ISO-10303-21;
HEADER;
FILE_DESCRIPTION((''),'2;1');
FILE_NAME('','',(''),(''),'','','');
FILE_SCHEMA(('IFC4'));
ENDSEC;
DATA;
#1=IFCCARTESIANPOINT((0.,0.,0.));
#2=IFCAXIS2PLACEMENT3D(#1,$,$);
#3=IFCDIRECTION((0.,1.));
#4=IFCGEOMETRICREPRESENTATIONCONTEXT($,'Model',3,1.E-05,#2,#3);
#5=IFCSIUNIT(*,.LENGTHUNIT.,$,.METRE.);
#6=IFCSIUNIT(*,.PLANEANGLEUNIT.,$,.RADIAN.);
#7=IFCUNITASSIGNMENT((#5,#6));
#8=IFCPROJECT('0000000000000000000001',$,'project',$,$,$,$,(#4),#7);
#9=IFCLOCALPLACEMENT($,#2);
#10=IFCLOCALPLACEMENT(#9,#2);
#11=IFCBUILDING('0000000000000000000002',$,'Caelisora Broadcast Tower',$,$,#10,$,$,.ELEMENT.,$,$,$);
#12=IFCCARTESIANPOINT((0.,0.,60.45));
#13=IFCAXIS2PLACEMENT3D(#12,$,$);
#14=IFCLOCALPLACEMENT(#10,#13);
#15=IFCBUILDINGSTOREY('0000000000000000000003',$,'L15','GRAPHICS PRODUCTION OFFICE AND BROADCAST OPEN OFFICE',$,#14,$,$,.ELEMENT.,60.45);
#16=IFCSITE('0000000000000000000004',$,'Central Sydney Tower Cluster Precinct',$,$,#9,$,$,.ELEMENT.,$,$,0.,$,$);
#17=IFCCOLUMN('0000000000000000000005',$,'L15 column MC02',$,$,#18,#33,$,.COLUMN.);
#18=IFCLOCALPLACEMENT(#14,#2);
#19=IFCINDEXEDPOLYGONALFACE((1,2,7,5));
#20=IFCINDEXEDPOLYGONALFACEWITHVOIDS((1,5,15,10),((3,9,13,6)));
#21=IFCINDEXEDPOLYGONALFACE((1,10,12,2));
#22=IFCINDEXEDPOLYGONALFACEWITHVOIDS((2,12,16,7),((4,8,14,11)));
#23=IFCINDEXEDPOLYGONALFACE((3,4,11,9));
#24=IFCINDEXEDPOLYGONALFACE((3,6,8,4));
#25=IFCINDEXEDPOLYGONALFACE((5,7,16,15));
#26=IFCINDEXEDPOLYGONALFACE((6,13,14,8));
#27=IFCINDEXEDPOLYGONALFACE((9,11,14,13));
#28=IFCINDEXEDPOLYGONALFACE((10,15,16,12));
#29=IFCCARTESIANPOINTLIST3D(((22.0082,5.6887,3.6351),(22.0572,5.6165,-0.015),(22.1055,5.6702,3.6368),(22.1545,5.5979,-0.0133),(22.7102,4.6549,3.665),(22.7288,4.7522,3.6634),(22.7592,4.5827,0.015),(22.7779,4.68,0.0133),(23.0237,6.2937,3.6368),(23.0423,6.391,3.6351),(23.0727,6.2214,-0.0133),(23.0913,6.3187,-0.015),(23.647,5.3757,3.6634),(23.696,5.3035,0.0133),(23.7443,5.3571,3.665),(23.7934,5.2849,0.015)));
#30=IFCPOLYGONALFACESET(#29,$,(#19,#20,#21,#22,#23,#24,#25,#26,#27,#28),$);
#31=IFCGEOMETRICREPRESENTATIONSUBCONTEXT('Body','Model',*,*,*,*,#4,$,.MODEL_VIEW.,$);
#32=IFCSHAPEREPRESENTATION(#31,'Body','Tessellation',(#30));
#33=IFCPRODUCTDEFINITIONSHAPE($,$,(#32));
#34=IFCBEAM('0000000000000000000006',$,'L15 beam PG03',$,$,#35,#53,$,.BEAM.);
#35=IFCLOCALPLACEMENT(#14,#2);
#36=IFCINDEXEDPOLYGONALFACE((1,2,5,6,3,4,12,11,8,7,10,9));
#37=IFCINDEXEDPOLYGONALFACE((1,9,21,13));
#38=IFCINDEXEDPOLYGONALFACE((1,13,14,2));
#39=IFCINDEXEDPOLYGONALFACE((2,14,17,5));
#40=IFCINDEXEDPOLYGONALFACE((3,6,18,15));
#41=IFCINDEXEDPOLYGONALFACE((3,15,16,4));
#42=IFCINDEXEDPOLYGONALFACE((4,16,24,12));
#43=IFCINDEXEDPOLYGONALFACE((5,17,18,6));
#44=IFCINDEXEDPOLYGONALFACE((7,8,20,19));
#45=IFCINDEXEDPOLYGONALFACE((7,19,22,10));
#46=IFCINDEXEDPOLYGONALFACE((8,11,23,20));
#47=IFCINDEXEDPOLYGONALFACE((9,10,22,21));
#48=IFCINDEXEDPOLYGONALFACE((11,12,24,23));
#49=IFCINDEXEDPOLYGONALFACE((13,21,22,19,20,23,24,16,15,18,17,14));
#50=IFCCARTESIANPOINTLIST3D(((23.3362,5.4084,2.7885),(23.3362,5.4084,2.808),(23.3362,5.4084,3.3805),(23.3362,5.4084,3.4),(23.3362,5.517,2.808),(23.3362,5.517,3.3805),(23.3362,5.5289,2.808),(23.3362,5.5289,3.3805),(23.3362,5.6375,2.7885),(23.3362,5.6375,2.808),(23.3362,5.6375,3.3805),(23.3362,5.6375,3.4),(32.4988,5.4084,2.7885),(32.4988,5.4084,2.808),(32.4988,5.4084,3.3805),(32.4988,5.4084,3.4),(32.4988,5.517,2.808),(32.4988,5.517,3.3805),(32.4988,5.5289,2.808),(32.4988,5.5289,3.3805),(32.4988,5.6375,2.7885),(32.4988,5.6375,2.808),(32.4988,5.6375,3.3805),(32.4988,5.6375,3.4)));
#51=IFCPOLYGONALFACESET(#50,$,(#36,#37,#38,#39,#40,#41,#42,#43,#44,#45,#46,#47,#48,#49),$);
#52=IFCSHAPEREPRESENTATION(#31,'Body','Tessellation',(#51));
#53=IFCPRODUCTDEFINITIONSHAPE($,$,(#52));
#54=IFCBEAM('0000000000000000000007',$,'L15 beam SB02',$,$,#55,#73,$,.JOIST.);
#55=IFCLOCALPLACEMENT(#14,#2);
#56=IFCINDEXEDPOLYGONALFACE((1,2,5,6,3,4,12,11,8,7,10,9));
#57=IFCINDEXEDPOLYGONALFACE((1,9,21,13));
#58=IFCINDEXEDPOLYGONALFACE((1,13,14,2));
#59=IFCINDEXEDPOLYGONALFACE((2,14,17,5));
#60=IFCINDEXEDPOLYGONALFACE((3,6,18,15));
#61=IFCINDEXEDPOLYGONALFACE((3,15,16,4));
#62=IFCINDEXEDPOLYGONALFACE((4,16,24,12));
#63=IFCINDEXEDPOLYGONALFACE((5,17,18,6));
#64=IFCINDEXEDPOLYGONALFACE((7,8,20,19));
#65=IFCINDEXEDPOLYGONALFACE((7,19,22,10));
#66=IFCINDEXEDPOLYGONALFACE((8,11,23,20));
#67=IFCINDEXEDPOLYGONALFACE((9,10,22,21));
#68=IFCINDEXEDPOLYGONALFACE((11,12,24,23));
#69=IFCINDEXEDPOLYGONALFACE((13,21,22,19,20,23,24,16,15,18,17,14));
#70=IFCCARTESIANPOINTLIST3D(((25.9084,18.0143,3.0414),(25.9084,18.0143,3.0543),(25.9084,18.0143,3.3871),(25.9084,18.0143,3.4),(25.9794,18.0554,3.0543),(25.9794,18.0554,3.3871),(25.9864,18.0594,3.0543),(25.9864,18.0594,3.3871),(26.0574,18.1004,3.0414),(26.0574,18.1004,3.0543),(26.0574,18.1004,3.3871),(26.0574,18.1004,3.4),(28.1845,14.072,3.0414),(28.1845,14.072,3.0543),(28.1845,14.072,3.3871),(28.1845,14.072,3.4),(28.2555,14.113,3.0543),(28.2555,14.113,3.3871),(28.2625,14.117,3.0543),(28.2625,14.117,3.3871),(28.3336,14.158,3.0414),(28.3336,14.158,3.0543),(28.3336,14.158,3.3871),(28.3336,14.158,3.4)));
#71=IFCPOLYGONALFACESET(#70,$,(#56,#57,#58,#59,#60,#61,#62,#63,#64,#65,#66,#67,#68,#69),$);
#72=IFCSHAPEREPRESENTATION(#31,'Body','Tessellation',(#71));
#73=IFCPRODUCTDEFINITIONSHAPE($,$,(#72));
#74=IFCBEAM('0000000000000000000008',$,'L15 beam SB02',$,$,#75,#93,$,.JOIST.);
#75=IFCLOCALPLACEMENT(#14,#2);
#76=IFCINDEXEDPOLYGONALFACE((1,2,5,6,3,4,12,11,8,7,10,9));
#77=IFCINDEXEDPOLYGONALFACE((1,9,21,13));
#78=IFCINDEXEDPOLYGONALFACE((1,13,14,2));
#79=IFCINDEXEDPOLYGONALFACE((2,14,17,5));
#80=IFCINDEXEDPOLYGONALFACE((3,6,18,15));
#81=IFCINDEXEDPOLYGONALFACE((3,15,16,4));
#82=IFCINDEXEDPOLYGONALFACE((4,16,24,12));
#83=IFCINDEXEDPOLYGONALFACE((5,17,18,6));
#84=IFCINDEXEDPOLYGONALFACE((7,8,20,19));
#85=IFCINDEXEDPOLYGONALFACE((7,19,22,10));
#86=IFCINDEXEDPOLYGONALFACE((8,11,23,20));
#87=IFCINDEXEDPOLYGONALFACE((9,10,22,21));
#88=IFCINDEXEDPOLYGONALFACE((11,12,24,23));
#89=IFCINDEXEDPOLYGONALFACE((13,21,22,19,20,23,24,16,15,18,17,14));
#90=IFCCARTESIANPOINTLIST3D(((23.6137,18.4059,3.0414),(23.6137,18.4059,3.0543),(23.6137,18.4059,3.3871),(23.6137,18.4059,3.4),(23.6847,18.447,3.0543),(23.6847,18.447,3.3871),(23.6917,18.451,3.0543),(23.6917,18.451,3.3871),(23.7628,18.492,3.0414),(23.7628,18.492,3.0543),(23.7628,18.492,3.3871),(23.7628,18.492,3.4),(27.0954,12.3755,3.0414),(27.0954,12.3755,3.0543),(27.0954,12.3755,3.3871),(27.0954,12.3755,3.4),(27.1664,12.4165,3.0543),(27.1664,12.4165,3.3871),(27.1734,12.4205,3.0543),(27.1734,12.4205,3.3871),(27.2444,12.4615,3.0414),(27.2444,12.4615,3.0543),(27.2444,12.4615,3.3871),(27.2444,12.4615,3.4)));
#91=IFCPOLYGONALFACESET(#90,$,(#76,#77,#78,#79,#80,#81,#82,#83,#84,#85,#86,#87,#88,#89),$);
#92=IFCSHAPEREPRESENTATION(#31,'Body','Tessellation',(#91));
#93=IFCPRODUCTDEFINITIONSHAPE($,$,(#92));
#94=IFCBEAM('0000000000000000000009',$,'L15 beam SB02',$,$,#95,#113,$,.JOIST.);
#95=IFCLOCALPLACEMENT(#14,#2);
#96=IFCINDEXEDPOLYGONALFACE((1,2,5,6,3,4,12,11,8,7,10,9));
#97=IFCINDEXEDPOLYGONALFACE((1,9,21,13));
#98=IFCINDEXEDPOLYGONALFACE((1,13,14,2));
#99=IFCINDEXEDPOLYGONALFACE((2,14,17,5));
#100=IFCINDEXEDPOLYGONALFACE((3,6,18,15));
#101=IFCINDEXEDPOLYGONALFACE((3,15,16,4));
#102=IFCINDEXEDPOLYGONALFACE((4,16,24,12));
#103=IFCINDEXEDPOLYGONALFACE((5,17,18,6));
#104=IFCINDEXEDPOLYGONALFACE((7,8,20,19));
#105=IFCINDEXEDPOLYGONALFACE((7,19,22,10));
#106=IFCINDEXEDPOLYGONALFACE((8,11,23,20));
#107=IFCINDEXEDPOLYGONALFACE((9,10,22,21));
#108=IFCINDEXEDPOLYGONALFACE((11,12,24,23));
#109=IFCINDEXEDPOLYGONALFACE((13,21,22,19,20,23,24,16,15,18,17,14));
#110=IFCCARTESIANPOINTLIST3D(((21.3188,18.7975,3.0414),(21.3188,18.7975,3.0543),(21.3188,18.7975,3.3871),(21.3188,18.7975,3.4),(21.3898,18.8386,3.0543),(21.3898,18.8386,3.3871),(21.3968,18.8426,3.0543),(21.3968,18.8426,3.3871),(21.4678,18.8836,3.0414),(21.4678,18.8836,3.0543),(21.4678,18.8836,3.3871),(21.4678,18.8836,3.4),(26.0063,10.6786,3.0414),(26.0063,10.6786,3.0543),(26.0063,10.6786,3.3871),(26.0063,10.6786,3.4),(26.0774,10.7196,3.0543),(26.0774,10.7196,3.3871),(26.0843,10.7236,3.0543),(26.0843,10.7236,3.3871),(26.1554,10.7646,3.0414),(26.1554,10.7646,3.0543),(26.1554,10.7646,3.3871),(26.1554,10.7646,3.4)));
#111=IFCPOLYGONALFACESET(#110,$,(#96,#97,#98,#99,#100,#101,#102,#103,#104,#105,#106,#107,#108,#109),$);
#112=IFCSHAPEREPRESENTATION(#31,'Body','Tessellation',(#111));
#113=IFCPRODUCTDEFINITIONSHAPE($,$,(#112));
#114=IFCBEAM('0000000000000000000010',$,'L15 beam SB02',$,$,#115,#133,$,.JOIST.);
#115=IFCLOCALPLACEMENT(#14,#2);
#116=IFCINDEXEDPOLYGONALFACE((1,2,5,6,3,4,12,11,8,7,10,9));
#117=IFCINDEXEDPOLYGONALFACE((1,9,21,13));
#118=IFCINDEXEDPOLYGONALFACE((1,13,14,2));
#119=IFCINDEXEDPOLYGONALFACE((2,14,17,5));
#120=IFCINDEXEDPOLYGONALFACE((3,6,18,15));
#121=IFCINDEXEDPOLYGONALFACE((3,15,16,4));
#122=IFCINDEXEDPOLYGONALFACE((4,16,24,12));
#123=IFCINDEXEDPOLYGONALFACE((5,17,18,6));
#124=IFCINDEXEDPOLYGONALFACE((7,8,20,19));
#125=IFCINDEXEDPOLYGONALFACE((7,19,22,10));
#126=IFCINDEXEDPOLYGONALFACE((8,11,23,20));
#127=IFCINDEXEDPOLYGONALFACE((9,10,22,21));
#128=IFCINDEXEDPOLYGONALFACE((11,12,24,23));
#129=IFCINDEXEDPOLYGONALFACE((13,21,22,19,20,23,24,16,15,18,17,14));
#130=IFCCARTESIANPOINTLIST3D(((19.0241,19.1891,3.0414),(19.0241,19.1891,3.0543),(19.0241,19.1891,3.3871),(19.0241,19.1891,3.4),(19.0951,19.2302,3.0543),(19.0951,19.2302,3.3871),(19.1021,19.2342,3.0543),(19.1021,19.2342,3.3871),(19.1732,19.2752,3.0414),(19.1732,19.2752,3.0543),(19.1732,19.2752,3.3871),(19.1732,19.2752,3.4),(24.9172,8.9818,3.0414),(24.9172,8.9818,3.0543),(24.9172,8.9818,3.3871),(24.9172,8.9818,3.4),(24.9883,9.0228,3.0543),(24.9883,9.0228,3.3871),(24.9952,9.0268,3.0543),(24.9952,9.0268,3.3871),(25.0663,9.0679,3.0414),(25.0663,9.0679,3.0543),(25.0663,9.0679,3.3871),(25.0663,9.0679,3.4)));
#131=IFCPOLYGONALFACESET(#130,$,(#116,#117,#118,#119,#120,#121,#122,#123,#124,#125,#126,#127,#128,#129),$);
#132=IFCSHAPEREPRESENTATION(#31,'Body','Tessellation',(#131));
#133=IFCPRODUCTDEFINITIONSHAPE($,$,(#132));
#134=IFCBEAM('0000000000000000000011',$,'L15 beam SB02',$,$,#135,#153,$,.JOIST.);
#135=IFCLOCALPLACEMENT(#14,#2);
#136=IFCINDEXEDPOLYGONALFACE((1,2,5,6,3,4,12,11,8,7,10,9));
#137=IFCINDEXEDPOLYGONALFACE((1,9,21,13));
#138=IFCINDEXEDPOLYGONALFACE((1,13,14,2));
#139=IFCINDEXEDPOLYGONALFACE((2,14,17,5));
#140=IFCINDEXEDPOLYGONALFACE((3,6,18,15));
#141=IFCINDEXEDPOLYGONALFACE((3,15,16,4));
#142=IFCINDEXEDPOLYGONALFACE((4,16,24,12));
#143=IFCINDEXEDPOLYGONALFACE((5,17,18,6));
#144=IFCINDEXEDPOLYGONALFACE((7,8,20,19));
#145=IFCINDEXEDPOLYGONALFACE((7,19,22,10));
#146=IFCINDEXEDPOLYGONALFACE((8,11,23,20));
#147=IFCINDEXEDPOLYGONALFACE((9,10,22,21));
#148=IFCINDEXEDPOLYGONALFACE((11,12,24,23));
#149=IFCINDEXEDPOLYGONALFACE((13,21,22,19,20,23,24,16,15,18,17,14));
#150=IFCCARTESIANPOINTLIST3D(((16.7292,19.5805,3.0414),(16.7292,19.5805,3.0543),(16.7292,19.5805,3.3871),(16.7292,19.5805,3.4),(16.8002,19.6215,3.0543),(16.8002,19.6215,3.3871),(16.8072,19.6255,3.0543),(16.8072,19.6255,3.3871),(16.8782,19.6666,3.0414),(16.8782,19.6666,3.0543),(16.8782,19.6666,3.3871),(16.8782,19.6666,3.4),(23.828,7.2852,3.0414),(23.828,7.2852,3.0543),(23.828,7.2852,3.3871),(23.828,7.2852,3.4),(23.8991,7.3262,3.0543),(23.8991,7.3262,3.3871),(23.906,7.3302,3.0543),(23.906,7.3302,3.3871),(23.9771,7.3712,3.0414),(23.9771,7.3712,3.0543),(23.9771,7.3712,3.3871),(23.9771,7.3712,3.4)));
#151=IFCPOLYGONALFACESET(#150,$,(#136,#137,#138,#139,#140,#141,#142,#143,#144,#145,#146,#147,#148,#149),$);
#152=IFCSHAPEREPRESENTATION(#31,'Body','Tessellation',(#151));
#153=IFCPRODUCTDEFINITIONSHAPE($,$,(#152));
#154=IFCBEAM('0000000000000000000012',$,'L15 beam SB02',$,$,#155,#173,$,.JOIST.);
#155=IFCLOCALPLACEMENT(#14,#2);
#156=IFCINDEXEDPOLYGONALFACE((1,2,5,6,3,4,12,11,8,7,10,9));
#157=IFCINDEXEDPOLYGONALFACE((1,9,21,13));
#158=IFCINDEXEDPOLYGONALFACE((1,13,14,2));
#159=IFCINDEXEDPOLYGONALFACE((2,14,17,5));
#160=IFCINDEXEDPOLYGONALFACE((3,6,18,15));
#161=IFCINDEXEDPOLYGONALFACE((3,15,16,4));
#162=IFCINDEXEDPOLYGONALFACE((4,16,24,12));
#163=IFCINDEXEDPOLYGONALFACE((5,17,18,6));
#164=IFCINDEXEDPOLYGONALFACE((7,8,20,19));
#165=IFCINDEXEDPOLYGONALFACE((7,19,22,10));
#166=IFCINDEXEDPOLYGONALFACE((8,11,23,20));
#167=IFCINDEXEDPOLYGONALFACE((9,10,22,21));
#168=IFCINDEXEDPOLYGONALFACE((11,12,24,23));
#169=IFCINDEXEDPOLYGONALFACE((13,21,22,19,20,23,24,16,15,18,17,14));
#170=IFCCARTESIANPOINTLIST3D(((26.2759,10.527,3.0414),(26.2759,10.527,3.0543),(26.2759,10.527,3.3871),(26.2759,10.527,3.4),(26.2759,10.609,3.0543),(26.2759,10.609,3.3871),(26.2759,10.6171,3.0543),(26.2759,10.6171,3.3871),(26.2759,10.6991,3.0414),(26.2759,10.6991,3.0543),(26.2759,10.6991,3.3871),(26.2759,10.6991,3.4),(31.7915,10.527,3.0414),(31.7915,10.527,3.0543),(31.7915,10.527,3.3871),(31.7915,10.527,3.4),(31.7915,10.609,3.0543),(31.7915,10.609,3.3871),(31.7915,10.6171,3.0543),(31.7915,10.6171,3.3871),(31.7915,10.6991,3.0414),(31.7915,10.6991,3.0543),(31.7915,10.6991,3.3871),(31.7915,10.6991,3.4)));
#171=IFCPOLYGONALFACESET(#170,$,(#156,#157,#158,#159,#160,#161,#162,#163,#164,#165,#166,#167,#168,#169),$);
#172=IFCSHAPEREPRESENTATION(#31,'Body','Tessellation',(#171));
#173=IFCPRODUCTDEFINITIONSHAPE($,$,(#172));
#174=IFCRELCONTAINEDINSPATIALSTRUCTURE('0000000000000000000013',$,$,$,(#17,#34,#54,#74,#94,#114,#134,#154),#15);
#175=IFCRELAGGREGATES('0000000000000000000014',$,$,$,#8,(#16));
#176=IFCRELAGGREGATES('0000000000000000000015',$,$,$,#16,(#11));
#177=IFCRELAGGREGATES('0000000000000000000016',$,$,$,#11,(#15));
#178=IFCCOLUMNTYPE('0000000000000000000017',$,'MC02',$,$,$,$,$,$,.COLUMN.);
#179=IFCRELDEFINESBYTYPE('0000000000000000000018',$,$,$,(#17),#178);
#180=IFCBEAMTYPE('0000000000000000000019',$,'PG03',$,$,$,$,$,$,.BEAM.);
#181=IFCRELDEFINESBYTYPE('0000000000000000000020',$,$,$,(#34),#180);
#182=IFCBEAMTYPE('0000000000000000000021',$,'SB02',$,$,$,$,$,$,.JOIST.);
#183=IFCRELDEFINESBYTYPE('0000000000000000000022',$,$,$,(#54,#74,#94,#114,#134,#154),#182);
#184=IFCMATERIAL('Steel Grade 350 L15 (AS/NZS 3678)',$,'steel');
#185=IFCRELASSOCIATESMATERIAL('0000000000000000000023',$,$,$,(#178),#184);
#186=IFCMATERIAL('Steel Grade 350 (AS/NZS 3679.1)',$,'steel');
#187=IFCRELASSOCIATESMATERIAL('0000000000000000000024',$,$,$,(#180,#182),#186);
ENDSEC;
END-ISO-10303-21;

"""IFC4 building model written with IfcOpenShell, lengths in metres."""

from ifc_helpers import new_model, si_unit, direction, frame, origin, origin_2d, place, context, subcontext, project, spatial, hollow_rectangle, i_section, extrude, source, transform, mapped, material, material_profile, profile_set, type_object, type_shapes, element, save


model = new_model("IFC4")

# Units and contexts
model_context = context("Model", 3, precision=1e-05, world=origin(), true_north=direction((0.0, 1.0)))
body_context = subcontext(model_context, "Body", "Model", "MODEL_VIEW")
ifc_project = project(units=[si_unit("LENGTHUNIT", "METRE"), si_unit("PLANEANGLEUNIT", "RADIAN")], contexts=[model_context])

# Site, building, storey
site_placement = place(None, origin())
site = spatial("IfcSite", under=ifc_project, at=site_placement, Name="Central Sydney Tower Cluster Precinct", CompositionType="ELEMENT", RefElevation=0.0)
building_placement = place(site_placement, origin())
building = spatial("IfcBuilding", under=site, at=building_placement, Name="Caelisora Broadcast Tower", CompositionType="ELEMENT")
storey_placement = place(building_placement, frame((0.0, 0.0, 60.45)))
storey = spatial("IfcBuildingStorey", under=building, at=storey_placement, Name="L15", Description="GRAPHICS PRODUCTION OFFICE AND BROADCAST OPEN OFFICE", CompositionType="ELEMENT", Elevation=60.45)

# Column
ifc_material_1 = material(Name="Steel Grade 350 L15 (AS/NZS 3678)", Category="steel")
ifc_material_profile_1 = material_profile(ifc_material_1, hollow_rectangle(XDim=1.25, YDim=1.25, WallThickness=0.0701, at=origin_2d()), Name="Steel Grade 350 L15 (AS/NZS 3678)")
ifc_profile_set_1 = profile_set([ifc_material_profile_1], Name="Steel Grade 350 L15 (AS/NZS 3678)")
column_type = type_object("IfcColumnType", Name="MC02", PredefinedType="COLUMN", material=ifc_profile_set_1)
shared_shape_1 = source(origin(), body_context, "Body", "SweptSolid", [
    extrude(hollow_rectangle(XDim=1.25, YDim=1.25, WallThickness=0.0701, at=origin_2d()), origin(), (0.0, 0.0, 1.0), 3.6511),
])
type_shapes(column_type, [shared_shape_1])
column_placement = place(storey_placement, frame((22.9253, 5.4507, 0.0), z_axis=(-0.01344, 0.019792, 0.999714), x_axis=(-0.82729, -0.561775, 0.0)))
element("IfcColumn", 1, at=column_placement, inside=storey, type_object=column_type, Name="L15 column MC02", PredefinedType="COLUMN", context=body_context, shape_type="MappedRepresentation", body=[
    mapped(shared_shape_1, transform((0.0, 0.0, 0.0), scale=1.0)),
])

# Beams
ifc_material_2 = material(Name="Steel Grade 350 (AS/NZS 3679.1)", Category="steel")
ifc_material_profile_2 = material_profile(ifc_material_2, i_section(OverallWidth=0.229, OverallDepth=0.6116, WebThickness=0.012, FlangeThickness=0.0195, at=origin_2d()), Name="Steel Grade 350 (AS/NZS 3679.1)")
ifc_profile_set_2 = profile_set([ifc_material_profile_2], Name="Steel Grade 350 (AS/NZS 3679.1)")
beam_type_1 = type_object("IfcBeamType", Name="PG03", PredefinedType="BEAM", material=ifc_profile_set_2)
shared_shape_2 = source(origin(), body_context, "Body", "SweptSolid", [
    extrude(i_section(OverallWidth=0.229, OverallDepth=0.6116, WebThickness=0.012, FlangeThickness=0.0195, at=origin_2d()), origin(), (0.0, 0.0, 1.0), 9.1626),
])
type_shapes(beam_type_1, [shared_shape_2])
beam_1_placement = place(storey_placement, frame((23.3362, 5.5229, 3.0942), z_axis=(1.0, 0.0, 0.0), x_axis=(0.0, 1.0, 0.0)))
element("IfcBeam", 2, at=beam_1_placement, inside=storey, type_object=beam_type_1, Name="L15 beam PG03", PredefinedType="BEAM", context=body_context, shape_type="MappedRepresentation", body=[
    mapped(shared_shape_2, transform((0.0, 0.0, 0.0), scale=1.0)),
])
ifc_material_profile_3 = material_profile(ifc_material_2, i_section(OverallWidth=0.1721, OverallDepth=0.3586, WebThickness=0.0081, FlangeThickness=0.0129, at=origin_2d()), Name="Steel Grade 350 (AS/NZS 3679.1)")
ifc_profile_set_3 = profile_set([ifc_material_profile_3], Name="Steel Grade 350 (AS/NZS 3679.1)")
beam_type_2 = type_object("IfcBeamType", Name="SB02", PredefinedType="JOIST", material=ifc_profile_set_3)
shared_shape_3 = source(origin(), body_context, "Body", "SweptSolid", [
    extrude(i_section(OverallWidth=0.1721, OverallDepth=0.3586, WebThickness=0.0081, FlangeThickness=0.0129, at=origin_2d()), origin(), (0.0, 0.0, 1.0), 4.5522),
])
beam_2_placement = place(storey_placement, frame((25.9829, 18.0574, 3.2207), z_axis=(0.499998, -0.866027, 0.0), x_axis=(0.866027, 0.499998, 0.0)))
element("IfcBeam", 3, at=beam_2_placement, inside=storey, type_object=beam_type_2, Name="L15 beam SB02", PredefinedType="JOIST", context=body_context, shape_type="MappedRepresentation", body=[
    mapped(shared_shape_3, transform((0.0, 0.0, 0.0), scale=1.0)),
])
shared_shape_4 = source(origin(), body_context, "Body", "SweptSolid", [
    extrude(i_section(OverallWidth=0.1721, OverallDepth=0.3586, WebThickness=0.0081, FlangeThickness=0.0129, at=origin_2d()), origin(), (0.0, 0.0, 1.0), 6.9634),
])
beam_3_placement = place(storey_placement, frame((23.6882, 18.449, 3.2207), z_axis=(0.499997, -0.866027, 0.0), x_axis=(0.866027, 0.499997, 0.0)))
element("IfcBeam", 4, at=beam_3_placement, inside=storey, type_object=beam_type_2, Name="L15 beam SB02", PredefinedType="JOIST", context=body_context, shape_type="MappedRepresentation", body=[
    mapped(shared_shape_4, transform((0.0, 0.0, 0.0), scale=1.0)),
])
shared_shape_5 = source(origin(), body_context, "Body", "SweptSolid", [
    extrude(i_section(OverallWidth=0.1721, OverallDepth=0.3586, WebThickness=0.0081, FlangeThickness=0.0129, at=origin_2d()), origin(), (0.0, 0.0, 1.0), 9.375),
])
beam_4_placement = place(storey_placement, frame((21.3933, 18.8406, 3.2207), z_axis=(0.500004, -0.866023, 0.0), x_axis=(0.866023, 0.500004, 0.0)))
element("IfcBeam", 5, at=beam_4_placement, inside=storey, type_object=beam_type_2, Name="L15 beam SB02", PredefinedType="JOIST", context=body_context, shape_type="MappedRepresentation", body=[
    mapped(shared_shape_5, transform((0.0, 0.0, 0.0), scale=1.0)),
])
shared_shape_6 = source(origin(), body_context, "Body", "SweptSolid", [
    extrude(i_section(OverallWidth=0.1721, OverallDepth=0.3586, WebThickness=0.0081, FlangeThickness=0.0129, at=origin_2d()), origin(), (0.0, 0.0, 1.0), 11.7864),
])
beam_5_placement = place(storey_placement, frame((19.0986, 19.2322, 3.2207), z_axis=(0.499993, -0.866029, 0.0), x_axis=(0.866029, 0.499993, 0.0)))
element("IfcBeam", 6, at=beam_5_placement, inside=storey, type_object=beam_type_2, Name="L15 beam SB02", PredefinedType="JOIST", context=body_context, shape_type="MappedRepresentation", body=[
    mapped(shared_shape_6, transform((0.0, 0.0, 0.0), scale=1.0)),
])
shared_shape_7 = source(origin(), body_context, "Body", "SweptSolid", [
    extrude(i_section(OverallWidth=0.1721, OverallDepth=0.3586, WebThickness=0.0081, FlangeThickness=0.0129, at=origin_2d()), origin(), (0.0, 0.0, 1.0), 14.1975),
])
beam_6_placement = place(storey_placement, frame((16.8037, 19.6235, 3.2207), z_axis=(0.500006, -0.866022, 0.0), x_axis=(0.866022, 0.500006, 0.0)))
element("IfcBeam", 7, at=beam_6_placement, inside=storey, type_object=beam_type_2, Name="L15 beam SB02", PredefinedType="JOIST", context=body_context, shape_type="MappedRepresentation", body=[
    mapped(shared_shape_7, transform((0.0, 0.0, 0.0), scale=1.0)),
])
shared_shape_8 = source(origin(), body_context, "Body", "SweptSolid", [
    extrude(i_section(OverallWidth=0.1721, OverallDepth=0.3586, WebThickness=0.0081, FlangeThickness=0.0129, at=origin_2d()), origin(), (0.0, 0.0, 1.0), 5.5156),
])
beam_7_placement = place(storey_placement, frame((26.2759, 10.613, 3.2207), z_axis=(1.0, 0.0, 0.0), x_axis=(0.0, 1.0, 0.0)))
element("IfcBeam", 8, at=beam_7_placement, inside=storey, type_object=beam_type_2, Name="L15 beam SB02", PredefinedType="JOIST", context=body_context, shape_type="MappedRepresentation", body=[
    mapped(shared_shape_8, transform((0.0, 0.0, 0.0), scale=1.0)),
])

save(model, "model.ifc")
